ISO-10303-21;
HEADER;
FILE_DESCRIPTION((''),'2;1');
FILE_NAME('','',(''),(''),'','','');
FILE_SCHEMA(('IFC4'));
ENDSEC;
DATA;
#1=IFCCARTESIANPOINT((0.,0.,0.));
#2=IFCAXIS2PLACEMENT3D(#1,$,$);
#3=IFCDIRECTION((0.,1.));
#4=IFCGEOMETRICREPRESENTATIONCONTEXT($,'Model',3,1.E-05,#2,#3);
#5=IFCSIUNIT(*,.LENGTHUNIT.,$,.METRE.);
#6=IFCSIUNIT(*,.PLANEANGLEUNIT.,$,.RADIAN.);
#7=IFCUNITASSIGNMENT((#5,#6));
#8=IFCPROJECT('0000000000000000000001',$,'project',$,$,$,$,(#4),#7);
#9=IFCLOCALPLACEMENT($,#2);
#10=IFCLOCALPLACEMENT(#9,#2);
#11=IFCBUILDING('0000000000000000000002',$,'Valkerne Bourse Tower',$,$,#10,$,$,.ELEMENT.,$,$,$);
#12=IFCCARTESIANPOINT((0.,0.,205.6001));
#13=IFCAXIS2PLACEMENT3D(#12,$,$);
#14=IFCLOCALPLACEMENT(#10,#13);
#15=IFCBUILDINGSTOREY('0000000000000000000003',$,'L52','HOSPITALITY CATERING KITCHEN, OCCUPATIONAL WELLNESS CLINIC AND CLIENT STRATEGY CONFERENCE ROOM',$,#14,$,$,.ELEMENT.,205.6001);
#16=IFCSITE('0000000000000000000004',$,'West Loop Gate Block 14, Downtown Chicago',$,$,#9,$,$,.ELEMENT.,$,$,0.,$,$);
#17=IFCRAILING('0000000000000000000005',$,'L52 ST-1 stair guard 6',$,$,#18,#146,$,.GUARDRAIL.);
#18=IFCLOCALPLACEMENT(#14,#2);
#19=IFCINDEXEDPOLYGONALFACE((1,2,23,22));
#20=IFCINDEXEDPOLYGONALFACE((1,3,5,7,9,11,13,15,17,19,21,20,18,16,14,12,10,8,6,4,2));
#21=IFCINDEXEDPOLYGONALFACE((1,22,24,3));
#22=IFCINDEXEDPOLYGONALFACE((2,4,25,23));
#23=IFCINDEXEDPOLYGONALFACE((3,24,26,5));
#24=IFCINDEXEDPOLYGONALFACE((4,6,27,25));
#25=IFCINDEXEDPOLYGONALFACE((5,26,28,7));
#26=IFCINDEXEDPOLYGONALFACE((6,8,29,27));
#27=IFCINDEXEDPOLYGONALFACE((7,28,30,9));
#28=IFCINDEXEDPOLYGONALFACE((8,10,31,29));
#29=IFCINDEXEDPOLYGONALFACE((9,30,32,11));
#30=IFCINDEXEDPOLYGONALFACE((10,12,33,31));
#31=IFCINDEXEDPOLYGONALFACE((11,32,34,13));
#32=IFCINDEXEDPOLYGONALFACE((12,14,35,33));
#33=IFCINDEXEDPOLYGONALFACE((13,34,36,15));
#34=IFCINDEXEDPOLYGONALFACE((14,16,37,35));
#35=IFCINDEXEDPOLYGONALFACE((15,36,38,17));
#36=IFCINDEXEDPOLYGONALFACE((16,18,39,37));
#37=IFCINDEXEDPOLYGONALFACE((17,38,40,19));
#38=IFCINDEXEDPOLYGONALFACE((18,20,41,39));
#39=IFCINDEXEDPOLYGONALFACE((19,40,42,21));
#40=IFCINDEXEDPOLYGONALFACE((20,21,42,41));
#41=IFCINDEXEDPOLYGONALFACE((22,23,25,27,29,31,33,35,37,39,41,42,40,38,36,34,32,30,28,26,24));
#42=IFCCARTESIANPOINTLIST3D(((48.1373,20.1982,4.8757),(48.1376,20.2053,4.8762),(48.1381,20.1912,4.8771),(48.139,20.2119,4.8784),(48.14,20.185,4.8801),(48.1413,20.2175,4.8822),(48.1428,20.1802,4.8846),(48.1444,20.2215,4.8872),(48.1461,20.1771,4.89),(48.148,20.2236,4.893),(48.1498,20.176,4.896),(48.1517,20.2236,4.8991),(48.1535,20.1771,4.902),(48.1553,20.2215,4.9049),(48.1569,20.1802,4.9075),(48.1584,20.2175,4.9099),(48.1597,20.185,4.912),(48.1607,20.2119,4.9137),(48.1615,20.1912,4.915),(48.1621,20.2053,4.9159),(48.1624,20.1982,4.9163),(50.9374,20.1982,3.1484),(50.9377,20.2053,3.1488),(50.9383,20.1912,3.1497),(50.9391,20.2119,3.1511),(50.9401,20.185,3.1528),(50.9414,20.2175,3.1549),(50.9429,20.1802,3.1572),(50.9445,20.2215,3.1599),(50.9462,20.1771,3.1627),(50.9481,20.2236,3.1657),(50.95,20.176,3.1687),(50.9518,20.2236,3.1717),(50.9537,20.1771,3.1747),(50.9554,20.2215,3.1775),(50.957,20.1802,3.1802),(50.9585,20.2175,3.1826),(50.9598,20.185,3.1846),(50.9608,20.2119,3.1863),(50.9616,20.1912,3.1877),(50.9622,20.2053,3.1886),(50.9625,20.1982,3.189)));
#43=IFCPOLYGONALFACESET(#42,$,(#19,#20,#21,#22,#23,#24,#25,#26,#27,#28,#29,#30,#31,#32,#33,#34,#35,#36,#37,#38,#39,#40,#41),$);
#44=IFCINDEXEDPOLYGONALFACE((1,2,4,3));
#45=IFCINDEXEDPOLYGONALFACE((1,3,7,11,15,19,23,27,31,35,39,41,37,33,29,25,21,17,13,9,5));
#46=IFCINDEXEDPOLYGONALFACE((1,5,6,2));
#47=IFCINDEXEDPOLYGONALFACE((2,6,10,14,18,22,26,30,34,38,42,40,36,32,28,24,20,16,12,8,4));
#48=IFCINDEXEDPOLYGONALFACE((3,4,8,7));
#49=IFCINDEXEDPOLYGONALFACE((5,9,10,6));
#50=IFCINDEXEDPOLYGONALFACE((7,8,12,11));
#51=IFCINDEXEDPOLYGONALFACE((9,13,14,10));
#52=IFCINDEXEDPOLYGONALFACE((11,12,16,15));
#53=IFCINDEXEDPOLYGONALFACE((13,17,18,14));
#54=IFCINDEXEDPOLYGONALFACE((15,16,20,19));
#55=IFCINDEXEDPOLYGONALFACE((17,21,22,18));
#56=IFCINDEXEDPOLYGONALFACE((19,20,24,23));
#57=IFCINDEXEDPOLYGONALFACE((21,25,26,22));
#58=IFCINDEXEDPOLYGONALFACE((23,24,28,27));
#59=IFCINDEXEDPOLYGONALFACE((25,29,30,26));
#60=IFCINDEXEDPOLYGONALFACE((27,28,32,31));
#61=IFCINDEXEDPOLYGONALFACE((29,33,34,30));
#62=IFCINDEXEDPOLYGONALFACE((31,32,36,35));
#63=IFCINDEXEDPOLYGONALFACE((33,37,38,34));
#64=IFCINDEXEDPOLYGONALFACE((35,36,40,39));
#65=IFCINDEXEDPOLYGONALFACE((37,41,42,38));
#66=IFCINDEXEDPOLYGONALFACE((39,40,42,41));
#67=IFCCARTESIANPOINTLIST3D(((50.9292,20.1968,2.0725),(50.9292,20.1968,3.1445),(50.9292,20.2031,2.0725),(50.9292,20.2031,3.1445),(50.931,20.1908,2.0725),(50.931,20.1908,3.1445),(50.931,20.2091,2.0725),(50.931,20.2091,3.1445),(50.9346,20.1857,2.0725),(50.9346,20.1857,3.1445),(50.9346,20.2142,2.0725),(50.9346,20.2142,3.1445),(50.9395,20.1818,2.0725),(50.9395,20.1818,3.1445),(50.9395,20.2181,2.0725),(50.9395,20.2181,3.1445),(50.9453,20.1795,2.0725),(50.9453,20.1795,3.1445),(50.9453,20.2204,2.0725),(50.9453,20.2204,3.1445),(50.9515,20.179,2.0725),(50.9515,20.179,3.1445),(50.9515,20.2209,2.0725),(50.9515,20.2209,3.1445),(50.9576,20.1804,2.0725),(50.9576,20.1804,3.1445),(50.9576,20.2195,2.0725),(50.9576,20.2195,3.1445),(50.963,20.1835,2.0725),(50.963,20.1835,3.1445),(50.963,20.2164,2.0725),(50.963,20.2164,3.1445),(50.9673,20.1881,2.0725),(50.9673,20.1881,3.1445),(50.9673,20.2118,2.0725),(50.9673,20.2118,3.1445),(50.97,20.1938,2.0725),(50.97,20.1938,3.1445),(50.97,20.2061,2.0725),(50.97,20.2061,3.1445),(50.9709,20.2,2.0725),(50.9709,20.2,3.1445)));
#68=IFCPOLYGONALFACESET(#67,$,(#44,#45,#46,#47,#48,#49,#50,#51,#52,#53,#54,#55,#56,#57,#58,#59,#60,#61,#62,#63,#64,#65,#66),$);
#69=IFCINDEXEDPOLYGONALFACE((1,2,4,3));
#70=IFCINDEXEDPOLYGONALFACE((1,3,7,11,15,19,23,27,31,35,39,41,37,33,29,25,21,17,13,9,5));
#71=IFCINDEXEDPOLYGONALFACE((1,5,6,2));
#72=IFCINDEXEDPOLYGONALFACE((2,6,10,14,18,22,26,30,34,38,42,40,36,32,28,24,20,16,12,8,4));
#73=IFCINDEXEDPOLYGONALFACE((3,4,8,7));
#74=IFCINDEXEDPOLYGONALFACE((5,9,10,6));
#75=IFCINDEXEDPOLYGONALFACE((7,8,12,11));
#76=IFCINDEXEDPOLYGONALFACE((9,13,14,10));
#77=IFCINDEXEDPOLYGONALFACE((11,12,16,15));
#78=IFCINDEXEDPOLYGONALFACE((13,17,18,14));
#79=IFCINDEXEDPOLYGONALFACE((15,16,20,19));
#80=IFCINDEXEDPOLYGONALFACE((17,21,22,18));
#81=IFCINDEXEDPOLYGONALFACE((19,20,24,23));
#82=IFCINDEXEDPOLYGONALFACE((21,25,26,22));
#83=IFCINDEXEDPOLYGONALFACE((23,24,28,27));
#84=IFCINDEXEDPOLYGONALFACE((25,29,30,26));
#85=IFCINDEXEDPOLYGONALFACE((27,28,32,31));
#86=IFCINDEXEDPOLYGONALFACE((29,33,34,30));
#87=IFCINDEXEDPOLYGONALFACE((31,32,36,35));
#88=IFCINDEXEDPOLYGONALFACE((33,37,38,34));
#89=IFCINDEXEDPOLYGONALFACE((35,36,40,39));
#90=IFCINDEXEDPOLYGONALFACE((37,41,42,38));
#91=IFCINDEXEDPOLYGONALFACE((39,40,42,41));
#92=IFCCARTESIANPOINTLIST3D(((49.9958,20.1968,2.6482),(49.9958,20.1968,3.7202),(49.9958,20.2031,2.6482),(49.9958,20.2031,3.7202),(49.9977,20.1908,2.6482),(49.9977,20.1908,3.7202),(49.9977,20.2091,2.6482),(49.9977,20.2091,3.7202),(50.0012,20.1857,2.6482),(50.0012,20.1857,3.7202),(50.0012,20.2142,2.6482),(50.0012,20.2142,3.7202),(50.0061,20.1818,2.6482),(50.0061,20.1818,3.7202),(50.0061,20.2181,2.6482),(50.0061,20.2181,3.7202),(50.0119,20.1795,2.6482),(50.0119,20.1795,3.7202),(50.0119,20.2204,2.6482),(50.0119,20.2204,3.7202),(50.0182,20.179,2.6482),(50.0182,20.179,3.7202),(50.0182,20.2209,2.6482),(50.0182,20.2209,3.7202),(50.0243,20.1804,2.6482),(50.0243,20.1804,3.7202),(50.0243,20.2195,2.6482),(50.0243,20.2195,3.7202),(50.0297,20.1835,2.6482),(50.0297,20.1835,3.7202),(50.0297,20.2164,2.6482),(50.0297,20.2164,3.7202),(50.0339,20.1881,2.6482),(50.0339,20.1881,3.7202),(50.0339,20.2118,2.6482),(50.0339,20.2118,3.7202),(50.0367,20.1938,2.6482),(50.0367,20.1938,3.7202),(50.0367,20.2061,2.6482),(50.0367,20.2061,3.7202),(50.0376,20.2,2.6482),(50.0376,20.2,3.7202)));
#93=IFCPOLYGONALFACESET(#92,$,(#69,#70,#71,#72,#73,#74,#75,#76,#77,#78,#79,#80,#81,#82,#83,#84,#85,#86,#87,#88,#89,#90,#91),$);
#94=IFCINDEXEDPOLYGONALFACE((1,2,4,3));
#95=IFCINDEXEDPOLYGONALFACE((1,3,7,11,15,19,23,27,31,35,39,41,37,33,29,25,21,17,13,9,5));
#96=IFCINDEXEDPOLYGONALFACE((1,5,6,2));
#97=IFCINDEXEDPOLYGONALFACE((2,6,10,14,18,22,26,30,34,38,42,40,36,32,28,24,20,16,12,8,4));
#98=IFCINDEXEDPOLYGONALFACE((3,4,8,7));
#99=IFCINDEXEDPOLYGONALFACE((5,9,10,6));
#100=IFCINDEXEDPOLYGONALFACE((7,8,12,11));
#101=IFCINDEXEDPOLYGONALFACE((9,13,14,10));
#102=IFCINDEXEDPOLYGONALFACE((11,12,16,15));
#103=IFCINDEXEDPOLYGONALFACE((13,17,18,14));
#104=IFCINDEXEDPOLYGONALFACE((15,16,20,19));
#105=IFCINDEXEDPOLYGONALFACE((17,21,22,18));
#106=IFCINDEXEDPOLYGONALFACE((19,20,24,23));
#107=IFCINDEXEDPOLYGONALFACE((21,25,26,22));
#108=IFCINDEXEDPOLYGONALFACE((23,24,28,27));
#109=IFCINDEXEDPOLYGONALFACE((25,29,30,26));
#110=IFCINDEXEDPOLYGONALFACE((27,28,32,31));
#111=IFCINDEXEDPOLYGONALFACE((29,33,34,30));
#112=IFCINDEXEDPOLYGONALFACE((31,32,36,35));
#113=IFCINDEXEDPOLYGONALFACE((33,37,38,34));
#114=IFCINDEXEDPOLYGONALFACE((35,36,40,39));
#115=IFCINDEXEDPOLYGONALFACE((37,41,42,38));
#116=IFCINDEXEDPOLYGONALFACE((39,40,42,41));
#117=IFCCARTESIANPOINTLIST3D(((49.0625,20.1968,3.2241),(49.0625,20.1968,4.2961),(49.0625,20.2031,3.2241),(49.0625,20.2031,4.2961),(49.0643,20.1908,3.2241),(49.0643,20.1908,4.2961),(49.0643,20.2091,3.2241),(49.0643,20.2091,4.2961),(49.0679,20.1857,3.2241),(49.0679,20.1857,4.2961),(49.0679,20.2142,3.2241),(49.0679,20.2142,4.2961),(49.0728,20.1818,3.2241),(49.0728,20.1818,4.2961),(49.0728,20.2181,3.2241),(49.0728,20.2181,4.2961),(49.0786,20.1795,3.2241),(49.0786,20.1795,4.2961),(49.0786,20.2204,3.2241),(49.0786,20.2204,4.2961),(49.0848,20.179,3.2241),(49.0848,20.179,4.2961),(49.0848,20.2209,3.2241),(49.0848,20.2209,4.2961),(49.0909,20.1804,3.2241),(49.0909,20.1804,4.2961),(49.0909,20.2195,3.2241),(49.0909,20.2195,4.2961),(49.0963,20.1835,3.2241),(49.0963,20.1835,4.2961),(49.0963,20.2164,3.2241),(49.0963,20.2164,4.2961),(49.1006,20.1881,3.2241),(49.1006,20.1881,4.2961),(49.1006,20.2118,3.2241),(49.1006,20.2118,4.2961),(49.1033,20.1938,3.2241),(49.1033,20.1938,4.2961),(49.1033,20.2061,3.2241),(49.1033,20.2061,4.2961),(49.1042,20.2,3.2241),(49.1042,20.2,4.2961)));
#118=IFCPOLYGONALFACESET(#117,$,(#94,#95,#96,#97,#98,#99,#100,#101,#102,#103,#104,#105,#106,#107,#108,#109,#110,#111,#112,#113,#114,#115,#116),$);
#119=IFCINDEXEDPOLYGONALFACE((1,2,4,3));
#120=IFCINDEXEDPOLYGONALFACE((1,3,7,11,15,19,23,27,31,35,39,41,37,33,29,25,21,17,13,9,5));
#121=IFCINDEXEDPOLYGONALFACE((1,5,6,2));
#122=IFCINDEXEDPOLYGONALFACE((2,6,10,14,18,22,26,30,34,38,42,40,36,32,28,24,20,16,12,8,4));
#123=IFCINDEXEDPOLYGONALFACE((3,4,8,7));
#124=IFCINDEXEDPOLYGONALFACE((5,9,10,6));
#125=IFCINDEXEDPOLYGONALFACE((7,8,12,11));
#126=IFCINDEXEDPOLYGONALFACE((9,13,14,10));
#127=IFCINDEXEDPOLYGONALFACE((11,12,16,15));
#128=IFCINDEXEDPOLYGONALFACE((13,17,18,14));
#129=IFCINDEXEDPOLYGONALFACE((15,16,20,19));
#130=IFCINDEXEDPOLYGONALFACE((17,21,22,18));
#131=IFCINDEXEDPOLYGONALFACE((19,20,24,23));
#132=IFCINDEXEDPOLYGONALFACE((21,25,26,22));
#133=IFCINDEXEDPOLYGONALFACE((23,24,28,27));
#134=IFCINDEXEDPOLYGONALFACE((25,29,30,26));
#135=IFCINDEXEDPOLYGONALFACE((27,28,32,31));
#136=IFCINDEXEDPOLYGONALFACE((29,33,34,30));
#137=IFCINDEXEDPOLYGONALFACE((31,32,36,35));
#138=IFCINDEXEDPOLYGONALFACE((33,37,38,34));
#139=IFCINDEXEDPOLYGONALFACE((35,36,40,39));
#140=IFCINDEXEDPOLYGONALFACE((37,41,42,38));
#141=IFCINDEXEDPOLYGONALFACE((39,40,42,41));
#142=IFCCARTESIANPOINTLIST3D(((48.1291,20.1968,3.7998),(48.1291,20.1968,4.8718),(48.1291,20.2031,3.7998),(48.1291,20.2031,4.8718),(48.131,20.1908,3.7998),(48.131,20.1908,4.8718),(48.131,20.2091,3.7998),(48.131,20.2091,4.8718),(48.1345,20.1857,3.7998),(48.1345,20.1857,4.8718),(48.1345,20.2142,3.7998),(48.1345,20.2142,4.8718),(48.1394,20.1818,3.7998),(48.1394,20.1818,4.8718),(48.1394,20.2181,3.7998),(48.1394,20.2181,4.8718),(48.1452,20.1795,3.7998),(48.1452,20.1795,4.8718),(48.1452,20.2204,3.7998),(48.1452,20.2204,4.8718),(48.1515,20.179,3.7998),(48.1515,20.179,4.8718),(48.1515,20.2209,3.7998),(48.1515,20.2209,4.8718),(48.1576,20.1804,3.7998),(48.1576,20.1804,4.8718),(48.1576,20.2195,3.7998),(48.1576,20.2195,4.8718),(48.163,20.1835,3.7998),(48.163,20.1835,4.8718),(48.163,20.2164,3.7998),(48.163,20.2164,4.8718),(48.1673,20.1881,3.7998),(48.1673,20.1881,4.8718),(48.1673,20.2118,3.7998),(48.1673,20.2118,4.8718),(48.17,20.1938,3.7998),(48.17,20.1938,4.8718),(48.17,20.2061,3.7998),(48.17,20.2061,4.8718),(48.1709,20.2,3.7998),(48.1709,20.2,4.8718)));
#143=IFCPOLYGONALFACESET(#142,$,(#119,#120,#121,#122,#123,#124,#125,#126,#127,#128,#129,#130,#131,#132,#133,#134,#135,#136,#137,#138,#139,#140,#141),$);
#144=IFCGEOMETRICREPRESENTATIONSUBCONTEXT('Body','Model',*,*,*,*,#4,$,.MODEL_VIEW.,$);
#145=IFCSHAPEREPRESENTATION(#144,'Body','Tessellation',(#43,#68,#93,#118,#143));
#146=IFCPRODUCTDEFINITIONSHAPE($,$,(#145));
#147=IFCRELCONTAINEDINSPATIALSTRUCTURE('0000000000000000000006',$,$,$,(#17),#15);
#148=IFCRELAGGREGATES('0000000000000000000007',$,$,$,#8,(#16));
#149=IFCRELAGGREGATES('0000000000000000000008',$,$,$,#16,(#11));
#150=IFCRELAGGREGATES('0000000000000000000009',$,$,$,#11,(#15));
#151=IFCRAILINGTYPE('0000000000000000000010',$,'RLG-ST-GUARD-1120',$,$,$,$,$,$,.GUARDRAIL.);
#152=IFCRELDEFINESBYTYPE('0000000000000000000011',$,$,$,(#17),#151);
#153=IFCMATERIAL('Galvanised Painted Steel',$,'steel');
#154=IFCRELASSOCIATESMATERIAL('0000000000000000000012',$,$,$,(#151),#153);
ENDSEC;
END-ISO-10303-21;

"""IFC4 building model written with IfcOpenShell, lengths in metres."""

from ifc_helpers import new_model, si_unit, direction, frame, origin, origin_2d, place, context, subcontext, project, spatial, circle, extrude, material, type_object, element, save


model = new_model("IFC4")

# Units and contexts
model_context = context("Model", 3, precision=1e-05, world=origin(), true_north=direction((0.0, 1.0)))
body_context = subcontext(model_context, "Body", "Model", "MODEL_VIEW")
ifc_project = project(units=[si_unit("LENGTHUNIT", "METRE"), si_unit("PLANEANGLEUNIT", "RADIAN")], contexts=[model_context])

# Site, building, storey
site_placement = place(None, origin())
site = spatial("IfcSite", under=ifc_project, at=site_placement, Name="West Loop Gate Block 14, Downtown Chicago", CompositionType="ELEMENT", RefElevation=0.0)
building_placement = place(site_placement, origin())
building = spatial("IfcBuilding", under=site, at=building_placement, Name="Valkerne Bourse Tower", CompositionType="ELEMENT")
storey_placement = place(building_placement, frame((0.0, 0.0, 205.6001)))
storey = spatial("IfcBuildingStorey", under=building, at=storey_placement, Name="L52", Description="HOSPITALITY CATERING KITCHEN, OCCUPATIONAL WELLNESS CLINIC AND CLIENT STRATEGY CONFERENCE ROOM", CompositionType="ELEMENT", Elevation=205.6001)

# Shared definitions
ifc_material_1 = material(Name="Galvanised Painted Steel", Category="steel")

# Railing
railing_type_1 = type_object("IfcRailingType", Name="RLG-ST-GUARD-1120", PredefinedType="GUARDRAIL", material=ifc_material_1)
railing_1_placement = place(storey_placement, frame((50.95, 20.2, 2.0725)))
element("IfcRailing", 1, at=railing_1_placement, inside=storey, type_object=railing_type_1, Name="L52 ST-1 stair guard 6", PredefinedType="GUARDRAIL", context=body_context, shape_type="SweptSolid", body=[
    extrude(circle(Radius=0.0239, at=origin_2d()), frame((0.0, 0.0, 1.0962), z_axis=(-0.85109, 0.0, 0.52502), x_axis=(0.0, -1.0, 0.0)), (0.0, 0.0, 1.0), 3.29),
    extrude(circle(Radius=0.021, at=origin_2d()), origin(), (0.0, 0.0, 1.0), 1.072),
    extrude(circle(Radius=0.021, at=origin_2d()), frame((-0.9333, 0.0, 0.5757)), (0.0, 0.0, 1.0), 1.072),
    extrude(circle(Radius=0.021, at=origin_2d()), frame((-1.8667, 0.0, 1.1516)), (0.0, 0.0, 1.0), 1.072),
    extrude(circle(Radius=0.021, at=origin_2d()), frame((-2.8, 0.0, 1.7273)), (0.0, 0.0, 1.0), 1.072),
])

save(model, "model.ifc")
